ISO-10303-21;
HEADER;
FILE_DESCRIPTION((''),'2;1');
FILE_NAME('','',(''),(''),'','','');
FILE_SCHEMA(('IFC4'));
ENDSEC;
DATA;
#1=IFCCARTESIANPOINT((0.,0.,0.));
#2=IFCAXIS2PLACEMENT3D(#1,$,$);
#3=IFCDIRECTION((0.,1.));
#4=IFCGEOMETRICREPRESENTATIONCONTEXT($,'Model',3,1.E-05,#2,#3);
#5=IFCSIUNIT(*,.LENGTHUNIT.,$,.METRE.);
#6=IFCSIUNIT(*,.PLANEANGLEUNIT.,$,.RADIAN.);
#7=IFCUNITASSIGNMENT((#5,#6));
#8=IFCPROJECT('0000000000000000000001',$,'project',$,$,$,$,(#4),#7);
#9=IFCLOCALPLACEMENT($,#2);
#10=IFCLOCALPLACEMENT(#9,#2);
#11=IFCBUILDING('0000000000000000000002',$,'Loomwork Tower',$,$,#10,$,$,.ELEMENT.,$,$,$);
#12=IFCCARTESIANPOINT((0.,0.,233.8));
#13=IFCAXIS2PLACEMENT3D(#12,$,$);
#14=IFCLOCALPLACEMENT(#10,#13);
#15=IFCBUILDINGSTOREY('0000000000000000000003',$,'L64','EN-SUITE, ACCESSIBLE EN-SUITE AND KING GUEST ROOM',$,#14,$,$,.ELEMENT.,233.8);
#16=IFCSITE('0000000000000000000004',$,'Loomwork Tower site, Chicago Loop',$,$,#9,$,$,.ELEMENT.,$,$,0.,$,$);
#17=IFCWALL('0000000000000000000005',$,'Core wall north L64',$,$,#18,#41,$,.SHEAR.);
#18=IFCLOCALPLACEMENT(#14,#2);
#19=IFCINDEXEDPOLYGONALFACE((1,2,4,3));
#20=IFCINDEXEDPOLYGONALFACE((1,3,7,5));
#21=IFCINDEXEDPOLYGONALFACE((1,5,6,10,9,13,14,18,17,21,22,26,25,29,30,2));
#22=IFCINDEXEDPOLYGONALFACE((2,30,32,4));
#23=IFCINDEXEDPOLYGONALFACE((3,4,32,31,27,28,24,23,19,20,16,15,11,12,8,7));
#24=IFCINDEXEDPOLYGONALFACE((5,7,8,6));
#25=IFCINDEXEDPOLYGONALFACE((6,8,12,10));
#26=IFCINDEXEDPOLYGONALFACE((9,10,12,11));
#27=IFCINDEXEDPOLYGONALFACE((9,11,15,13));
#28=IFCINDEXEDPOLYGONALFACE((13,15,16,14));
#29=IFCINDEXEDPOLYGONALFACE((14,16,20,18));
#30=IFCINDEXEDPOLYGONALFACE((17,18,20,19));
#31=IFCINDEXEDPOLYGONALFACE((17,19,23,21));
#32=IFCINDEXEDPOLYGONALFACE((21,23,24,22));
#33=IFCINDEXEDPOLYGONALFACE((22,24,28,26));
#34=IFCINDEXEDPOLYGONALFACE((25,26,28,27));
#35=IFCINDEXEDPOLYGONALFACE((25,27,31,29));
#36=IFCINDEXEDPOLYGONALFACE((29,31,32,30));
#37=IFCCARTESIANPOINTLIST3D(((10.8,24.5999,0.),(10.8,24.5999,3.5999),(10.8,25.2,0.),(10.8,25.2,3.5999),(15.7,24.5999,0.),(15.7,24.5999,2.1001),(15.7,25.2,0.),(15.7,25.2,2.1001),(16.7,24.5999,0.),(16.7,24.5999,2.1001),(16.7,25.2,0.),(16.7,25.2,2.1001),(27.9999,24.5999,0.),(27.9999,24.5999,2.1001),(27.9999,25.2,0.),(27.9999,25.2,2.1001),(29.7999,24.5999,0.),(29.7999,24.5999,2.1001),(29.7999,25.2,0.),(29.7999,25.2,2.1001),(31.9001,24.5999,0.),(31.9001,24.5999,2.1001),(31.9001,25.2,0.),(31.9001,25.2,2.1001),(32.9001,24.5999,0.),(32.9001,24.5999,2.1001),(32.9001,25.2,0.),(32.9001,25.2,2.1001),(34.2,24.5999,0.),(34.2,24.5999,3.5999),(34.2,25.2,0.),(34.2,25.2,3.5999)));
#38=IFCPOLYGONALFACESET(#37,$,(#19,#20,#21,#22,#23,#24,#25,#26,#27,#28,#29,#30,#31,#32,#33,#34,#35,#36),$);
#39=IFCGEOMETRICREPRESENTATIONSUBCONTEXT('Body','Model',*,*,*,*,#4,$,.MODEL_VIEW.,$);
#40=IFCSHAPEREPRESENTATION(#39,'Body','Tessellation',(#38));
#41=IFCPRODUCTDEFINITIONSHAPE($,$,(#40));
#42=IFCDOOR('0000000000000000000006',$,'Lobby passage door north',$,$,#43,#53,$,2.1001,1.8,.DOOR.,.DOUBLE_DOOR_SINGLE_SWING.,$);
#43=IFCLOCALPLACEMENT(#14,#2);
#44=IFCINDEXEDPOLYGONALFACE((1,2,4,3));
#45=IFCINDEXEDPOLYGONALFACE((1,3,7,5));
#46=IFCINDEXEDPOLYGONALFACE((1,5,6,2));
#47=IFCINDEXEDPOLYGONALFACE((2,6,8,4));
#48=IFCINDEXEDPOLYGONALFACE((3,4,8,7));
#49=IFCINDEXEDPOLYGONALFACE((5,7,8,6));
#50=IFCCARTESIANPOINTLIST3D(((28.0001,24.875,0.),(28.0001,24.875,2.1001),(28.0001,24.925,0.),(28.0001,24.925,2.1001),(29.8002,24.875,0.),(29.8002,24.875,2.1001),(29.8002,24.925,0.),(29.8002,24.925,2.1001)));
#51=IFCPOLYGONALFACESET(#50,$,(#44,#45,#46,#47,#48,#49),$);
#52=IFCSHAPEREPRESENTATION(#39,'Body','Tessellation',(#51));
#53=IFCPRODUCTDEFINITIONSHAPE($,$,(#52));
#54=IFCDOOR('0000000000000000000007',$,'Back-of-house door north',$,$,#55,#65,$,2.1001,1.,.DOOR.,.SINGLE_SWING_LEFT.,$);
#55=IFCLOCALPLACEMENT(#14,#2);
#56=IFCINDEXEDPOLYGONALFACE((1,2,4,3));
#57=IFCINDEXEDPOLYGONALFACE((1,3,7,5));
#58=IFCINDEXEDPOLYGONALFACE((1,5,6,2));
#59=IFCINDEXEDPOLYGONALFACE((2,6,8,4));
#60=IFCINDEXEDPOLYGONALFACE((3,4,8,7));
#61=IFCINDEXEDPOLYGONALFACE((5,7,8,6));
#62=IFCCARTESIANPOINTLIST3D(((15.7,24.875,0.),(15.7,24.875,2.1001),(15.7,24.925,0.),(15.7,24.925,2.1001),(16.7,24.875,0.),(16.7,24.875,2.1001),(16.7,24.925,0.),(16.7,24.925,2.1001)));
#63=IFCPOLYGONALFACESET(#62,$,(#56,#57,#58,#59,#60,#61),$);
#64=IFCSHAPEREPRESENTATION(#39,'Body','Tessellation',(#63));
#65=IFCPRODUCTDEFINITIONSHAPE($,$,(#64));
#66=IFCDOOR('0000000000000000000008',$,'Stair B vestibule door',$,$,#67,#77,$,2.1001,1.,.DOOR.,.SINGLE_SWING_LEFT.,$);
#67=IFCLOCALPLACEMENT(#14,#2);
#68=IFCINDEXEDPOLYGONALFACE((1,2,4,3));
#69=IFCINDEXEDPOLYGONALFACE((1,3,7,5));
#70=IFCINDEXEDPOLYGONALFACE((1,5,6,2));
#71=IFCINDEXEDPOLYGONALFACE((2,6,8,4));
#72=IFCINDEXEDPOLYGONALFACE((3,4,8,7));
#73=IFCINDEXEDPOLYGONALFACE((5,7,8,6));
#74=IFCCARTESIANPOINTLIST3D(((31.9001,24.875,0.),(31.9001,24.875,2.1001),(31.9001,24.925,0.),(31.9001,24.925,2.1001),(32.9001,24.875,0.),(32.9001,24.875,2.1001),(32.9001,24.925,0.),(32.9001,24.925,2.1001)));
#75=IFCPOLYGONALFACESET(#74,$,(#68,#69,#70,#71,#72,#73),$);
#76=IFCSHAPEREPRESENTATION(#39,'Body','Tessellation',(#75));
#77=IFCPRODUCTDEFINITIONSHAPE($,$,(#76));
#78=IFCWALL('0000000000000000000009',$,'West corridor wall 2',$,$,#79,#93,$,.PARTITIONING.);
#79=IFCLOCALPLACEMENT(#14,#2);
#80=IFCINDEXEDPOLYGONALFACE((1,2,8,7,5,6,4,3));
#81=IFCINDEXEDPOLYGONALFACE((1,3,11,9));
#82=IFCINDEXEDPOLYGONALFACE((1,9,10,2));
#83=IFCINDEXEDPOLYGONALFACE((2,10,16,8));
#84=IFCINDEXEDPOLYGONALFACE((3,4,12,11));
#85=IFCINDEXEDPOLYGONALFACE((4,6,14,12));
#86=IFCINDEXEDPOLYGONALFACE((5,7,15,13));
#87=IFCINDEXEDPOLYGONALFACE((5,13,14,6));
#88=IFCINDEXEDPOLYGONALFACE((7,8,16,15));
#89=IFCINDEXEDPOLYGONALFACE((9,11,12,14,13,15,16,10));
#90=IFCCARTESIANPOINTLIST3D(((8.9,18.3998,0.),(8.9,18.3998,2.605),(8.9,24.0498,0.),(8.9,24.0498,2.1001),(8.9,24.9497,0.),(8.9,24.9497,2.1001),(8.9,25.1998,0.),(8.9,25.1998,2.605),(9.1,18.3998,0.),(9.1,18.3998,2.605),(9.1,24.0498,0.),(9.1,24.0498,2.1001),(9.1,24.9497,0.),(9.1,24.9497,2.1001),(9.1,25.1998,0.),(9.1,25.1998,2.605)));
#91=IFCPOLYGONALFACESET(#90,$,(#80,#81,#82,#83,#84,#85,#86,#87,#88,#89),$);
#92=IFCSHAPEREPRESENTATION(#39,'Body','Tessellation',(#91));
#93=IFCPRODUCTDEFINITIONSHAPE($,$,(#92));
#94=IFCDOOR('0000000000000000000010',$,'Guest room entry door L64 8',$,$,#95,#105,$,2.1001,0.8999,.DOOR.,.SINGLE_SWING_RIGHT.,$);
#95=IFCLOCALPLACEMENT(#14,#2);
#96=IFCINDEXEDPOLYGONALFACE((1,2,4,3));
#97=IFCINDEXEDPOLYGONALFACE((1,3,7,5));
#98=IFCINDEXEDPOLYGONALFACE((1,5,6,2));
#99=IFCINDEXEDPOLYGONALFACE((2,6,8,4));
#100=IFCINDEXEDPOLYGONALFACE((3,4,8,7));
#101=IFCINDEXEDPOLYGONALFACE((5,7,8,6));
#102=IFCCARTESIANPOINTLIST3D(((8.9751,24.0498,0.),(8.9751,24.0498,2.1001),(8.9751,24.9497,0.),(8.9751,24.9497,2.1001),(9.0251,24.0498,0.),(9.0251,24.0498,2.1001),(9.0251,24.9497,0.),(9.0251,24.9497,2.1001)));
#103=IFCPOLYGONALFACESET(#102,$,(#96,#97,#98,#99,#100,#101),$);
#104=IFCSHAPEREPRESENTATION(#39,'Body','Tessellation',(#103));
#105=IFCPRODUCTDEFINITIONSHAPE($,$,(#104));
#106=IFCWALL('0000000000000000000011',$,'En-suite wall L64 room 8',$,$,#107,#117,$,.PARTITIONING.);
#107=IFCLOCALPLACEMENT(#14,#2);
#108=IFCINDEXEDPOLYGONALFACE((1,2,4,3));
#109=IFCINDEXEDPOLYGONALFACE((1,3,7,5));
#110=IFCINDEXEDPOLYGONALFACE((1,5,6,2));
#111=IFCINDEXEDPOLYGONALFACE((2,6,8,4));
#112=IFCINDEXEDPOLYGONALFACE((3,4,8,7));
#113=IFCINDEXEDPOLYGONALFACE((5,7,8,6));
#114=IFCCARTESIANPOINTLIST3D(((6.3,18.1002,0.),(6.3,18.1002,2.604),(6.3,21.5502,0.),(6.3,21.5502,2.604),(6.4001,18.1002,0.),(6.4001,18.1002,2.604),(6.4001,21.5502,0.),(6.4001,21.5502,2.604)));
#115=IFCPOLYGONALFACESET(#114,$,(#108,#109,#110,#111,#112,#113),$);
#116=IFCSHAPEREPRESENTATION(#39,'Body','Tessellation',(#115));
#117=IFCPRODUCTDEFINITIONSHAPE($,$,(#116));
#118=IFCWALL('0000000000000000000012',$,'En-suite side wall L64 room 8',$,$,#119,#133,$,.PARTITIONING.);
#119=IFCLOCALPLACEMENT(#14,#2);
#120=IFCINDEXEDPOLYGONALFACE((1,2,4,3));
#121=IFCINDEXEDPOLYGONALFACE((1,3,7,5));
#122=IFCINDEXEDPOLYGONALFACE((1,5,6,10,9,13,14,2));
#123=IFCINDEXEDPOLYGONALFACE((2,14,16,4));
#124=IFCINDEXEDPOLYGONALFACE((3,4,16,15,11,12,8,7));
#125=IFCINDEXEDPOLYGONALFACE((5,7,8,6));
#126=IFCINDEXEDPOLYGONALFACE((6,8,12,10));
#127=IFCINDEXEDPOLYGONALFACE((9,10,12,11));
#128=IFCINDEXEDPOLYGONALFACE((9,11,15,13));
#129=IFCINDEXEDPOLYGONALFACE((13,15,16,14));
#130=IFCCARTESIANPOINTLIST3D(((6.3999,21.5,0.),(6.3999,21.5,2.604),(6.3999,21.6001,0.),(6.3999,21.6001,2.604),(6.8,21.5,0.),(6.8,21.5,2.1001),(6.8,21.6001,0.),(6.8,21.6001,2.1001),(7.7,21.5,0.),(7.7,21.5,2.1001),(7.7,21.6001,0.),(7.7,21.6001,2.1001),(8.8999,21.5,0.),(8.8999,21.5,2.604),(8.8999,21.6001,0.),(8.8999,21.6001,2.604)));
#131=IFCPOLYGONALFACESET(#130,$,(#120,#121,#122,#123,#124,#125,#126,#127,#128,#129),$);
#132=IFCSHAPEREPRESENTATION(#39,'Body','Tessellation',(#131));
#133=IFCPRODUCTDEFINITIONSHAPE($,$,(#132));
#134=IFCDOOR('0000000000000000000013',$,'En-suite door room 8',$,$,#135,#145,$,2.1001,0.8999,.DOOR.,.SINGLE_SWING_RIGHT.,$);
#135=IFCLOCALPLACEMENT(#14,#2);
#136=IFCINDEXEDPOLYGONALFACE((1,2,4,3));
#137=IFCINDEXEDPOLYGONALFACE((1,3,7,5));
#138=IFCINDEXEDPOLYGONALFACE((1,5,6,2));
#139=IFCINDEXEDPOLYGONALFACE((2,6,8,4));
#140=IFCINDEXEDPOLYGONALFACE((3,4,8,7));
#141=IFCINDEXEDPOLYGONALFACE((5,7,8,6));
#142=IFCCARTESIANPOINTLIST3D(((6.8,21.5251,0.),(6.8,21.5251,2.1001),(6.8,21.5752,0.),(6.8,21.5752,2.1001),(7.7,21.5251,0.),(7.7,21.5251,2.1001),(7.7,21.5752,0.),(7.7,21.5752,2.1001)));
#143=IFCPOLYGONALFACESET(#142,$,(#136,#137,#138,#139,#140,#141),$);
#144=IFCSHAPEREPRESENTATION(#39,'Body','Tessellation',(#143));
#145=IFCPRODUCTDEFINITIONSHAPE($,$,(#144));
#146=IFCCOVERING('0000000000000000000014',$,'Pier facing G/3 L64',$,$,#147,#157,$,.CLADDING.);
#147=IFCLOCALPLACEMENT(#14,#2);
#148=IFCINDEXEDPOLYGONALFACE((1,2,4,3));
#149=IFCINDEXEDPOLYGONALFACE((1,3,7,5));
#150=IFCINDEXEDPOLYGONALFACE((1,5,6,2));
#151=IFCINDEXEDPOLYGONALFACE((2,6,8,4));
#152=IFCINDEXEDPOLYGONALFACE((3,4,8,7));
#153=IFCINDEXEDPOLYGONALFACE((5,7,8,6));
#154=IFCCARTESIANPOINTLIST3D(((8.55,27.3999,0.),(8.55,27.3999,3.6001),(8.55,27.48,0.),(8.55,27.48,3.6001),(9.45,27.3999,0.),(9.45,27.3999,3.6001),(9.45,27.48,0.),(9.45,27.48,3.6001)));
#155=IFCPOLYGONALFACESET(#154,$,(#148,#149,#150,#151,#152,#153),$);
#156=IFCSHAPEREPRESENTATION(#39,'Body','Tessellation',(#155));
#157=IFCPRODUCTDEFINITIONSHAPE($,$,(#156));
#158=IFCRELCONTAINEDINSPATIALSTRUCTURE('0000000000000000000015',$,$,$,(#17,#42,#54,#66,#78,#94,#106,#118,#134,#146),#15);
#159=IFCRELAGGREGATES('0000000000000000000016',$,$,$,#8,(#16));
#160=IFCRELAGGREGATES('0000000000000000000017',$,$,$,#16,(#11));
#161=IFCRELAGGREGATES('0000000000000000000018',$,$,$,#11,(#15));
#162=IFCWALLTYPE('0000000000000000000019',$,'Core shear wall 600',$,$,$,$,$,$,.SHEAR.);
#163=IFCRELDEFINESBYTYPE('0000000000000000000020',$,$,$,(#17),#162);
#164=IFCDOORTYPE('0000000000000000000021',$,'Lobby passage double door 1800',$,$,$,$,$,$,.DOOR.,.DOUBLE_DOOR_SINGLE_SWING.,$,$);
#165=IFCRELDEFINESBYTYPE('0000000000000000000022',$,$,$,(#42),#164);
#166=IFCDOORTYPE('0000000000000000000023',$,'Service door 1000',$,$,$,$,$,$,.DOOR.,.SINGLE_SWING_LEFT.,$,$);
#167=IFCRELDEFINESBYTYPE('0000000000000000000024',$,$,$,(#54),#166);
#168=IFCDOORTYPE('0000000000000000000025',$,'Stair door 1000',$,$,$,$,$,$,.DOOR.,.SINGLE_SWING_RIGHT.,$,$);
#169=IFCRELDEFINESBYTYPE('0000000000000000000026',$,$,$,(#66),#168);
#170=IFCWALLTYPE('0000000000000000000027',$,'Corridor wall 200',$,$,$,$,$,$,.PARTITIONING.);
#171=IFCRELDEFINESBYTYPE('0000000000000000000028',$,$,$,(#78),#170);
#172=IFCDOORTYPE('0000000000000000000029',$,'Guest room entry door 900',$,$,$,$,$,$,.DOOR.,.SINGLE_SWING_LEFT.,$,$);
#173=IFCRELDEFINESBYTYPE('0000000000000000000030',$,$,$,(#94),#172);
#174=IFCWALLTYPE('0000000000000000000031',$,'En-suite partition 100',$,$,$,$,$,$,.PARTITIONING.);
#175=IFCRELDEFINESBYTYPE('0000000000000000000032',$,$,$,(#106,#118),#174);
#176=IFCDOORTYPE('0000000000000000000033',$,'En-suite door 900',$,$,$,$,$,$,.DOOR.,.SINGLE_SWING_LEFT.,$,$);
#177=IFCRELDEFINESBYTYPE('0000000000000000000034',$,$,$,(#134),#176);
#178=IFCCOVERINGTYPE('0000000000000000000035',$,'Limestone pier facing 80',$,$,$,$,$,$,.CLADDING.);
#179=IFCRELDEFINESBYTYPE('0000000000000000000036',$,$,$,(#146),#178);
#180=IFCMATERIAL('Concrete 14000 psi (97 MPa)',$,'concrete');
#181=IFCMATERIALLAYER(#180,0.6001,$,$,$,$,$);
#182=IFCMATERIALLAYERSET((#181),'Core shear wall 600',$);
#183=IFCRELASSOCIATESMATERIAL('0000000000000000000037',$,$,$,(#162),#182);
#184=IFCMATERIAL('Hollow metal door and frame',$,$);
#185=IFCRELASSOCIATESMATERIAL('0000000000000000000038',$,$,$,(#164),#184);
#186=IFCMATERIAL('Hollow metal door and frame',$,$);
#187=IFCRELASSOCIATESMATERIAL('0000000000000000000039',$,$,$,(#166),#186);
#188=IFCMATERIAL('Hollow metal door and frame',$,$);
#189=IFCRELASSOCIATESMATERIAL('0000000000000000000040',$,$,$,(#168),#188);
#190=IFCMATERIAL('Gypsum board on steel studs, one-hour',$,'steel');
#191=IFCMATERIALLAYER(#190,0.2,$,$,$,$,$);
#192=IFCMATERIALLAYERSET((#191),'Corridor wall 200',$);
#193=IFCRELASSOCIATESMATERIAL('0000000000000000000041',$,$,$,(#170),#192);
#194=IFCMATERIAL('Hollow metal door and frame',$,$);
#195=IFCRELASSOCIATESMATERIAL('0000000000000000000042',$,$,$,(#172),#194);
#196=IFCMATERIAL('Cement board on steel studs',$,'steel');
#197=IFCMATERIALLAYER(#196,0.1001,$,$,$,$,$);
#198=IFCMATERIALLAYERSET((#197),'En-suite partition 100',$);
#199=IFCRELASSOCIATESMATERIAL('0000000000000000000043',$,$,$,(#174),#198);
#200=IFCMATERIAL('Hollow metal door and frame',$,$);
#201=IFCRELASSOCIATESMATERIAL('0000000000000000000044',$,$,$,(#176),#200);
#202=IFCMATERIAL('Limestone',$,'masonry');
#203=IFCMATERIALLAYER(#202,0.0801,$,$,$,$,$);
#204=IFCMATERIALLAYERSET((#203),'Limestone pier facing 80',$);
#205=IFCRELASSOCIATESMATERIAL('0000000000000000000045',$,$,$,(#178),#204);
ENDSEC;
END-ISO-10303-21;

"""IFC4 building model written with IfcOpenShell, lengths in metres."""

from ifc_helpers import new_model, si_unit, direction, frame, frame_2d, origin, origin_2d, place, context, subcontext, project, spatial, rectangle, extrude, material, layer, layer_set, type_object, element, fill, save


model = new_model("IFC4")

# Units and contexts
model_context = context("Model", 3, precision=1e-05, world=origin(), true_north=direction((0.0, 1.0)))
body_context = subcontext(model_context, "Body", "Model", "MODEL_VIEW")
ifc_project = project(units=[si_unit("LENGTHUNIT", "METRE"), si_unit("PLANEANGLEUNIT", "RADIAN")], contexts=[model_context])

# Site, building, storey
site_placement = place(None, origin())
site = spatial("IfcSite", under=ifc_project, at=site_placement, Name="Loomwork Tower site, Chicago Loop", CompositionType="ELEMENT", RefElevation=0.0)
building_placement = place(site_placement, origin())
building = spatial("IfcBuilding", under=site, at=building_placement, Name="Loomwork Tower", CompositionType="ELEMENT")
storey_placement = place(building_placement, frame((0.0, 0.0, 233.8)))
storey = spatial("IfcBuildingStorey", under=building, at=storey_placement, Name="L64", Description="EN-SUITE, ACCESSIBLE EN-SUITE AND KING GUEST ROOM", CompositionType="ELEMENT", Elevation=233.8)

# Wall, openings, doors
ifc_material_1 = material(Name="Concrete 14000 psi (97 MPa)", Category="concrete")
ifc_layer_1 = layer(ifc_material_1, 0.6001)
ifc_layer_set_1 = layer_set([ifc_layer_1], Name="Core shear wall 600")
wall_type_1 = type_object("IfcWallType", Name="Core shear wall 600", PredefinedType="SHEAR", material=ifc_layer_set_1)
wall_1_placement = place(storey_placement, frame((10.8, 24.8999, 0.0), z_axis=(0.0, 0.0, 1.0), x_axis=(1.0, 0.0, 0.0)))
wall_1 = element("IfcWall", 1, at=wall_1_placement, inside=storey, type_object=wall_type_1, Name="Core wall north L64", PredefinedType="SHEAR", context=body_context, shape_type="SweptSolid", body=[
    extrude(rectangle(XDim=23.3999, YDim=0.6001, at=frame_2d((11.7, 0.0))), origin(), (0.0, 0.0, 1.0), 3.5999),
])
opening_1_placement = place(wall_1_placement, frame((17.2, 0.0, 0.0)))
opening_1 = element("IfcOpeningElement", 2, at=opening_1_placement, cuts=wall_1, PredefinedType="OPENING", context=body_context, shape_type="SweptSolid", body=[
    extrude(rectangle(XDim=1.8, YDim=2.1001, at=frame_2d((0.8999, 1.05))), frame((0.0, 0.3101, 0.0), z_axis=(0.0, -1.0, 0.0), x_axis=(1.0, 0.0, 0.0)), (0.0, 0.0, 1.0), 0.6201),
])
opening_2_placement = place(wall_1_placement, frame((21.1001, 0.0, 0.0)))
opening_2 = element("IfcOpeningElement", 3, at=opening_2_placement, cuts=wall_1, PredefinedType="OPENING", context=body_context, shape_type="SweptSolid", body=[
    extrude(rectangle(XDim=1.0, YDim=2.1001, at=frame_2d((0.5, 1.05))), frame((0.0, 0.3101, 0.0), z_axis=(0.0, -1.0, 0.0), x_axis=(1.0, 0.0, 0.0)), (0.0, 0.0, 1.0), 0.6201),
])
opening_3_placement = place(wall_1_placement, frame((4.8999, 0.0, 0.0)))
opening_3 = element("IfcOpeningElement", 4, at=opening_3_placement, cuts=wall_1, PredefinedType="OPENING", context=body_context, shape_type="SweptSolid", body=[
    extrude(rectangle(XDim=1.0, YDim=2.1001, at=frame_2d((0.5, 1.05))), frame((0.0, 0.3101, 0.0), z_axis=(0.0, -1.0, 0.0), x_axis=(1.0, 0.0, 0.0)), (0.0, 0.0, 1.0), 0.6201),
])
ifc_material_2 = material(Name="Hollow metal door and frame")
door_type_1 = type_object("IfcDoorType", Name="Lobby passage double door 1800", OperationType="DOUBLE_DOOR_SINGLE_SWING", PredefinedType="DOOR", material=ifc_material_2)
door_1_placement = place(opening_1_placement, frame((1.8, 0.0, 0.0), z_axis=(0.0, 0.0, 1.0), x_axis=(-1.0, 0.0, 0.0)))
door_1 = element("IfcDoor", 5, at=door_1_placement, inside=storey, type_object=door_type_1, Name="Lobby passage door north", OperationType="DOUBLE_DOOR_SINGLE_SWING", OverallHeight=2.1001, OverallWidth=1.8, PredefinedType="DOOR", context=body_context, shape_type="SweptSolid", body=[
    extrude(rectangle(XDim=1.8, YDim=2.1001, at=frame_2d((0.8999, 1.05))), frame((0.0, 0.0249, 0.0), z_axis=(0.0, -1.0, 0.0), x_axis=(1.0, 0.0, 0.0)), (0.0, 0.0, 1.0), 0.05),
])
fill(opening_1, door_1)
ifc_material_3 = material(Name="Hollow metal door and frame")
door_type_2 = type_object("IfcDoorType", Name="Service door 1000", OperationType="SINGLE_SWING_LEFT", PredefinedType="DOOR", material=ifc_material_3)
door_2_placement = place(opening_3_placement, frame((1.0, 0.0, 0.0), z_axis=(0.0, 0.0, 1.0), x_axis=(-1.0, 0.0, 0.0)))
door_2 = element("IfcDoor", 6, at=door_2_placement, inside=storey, type_object=door_type_2, Name="Back-of-house door north", OperationType="SINGLE_SWING_LEFT", OverallHeight=2.1001, OverallWidth=1.0, PredefinedType="DOOR", context=body_context, shape_type="SweptSolid", body=[
    extrude(rectangle(XDim=1.0, YDim=2.1001, at=frame_2d((0.5, 1.05))), frame((0.0, 0.0249, 0.0), z_axis=(0.0, -1.0, 0.0), x_axis=(1.0, 0.0, 0.0)), (0.0, 0.0, 1.0), 0.05),
])
fill(opening_3, door_2)
ifc_material_4 = material(Name="Hollow metal door and frame")
door_type_3 = type_object("IfcDoorType", Name="Stair door 1000", OperationType="SINGLE_SWING_RIGHT", PredefinedType="DOOR", material=ifc_material_4)
door_3_placement = place(opening_2_placement, frame((1.0, 0.0, 0.0), z_axis=(0.0, 0.0, 1.0), x_axis=(-1.0, 0.0, 0.0)))
door_3 = element("IfcDoor", 7, at=door_3_placement, inside=storey, type_object=door_type_3, Name="Stair B vestibule door", OperationType="SINGLE_SWING_LEFT", OverallHeight=2.1001, OverallWidth=1.0, PredefinedType="DOOR", context=body_context, shape_type="SweptSolid", body=[
    extrude(rectangle(XDim=1.0, YDim=2.1001, at=frame_2d((0.5, 1.05))), frame((0.0, 0.0249, 0.0), z_axis=(0.0, -1.0, 0.0), x_axis=(1.0, 0.0, 0.0)), (0.0, 0.0, 1.0), 0.05),
])
fill(opening_2, door_3)

# Wall, opening, door
ifc_material_5 = material(Name="Gypsum board on steel studs, one-hour", Category="steel")
ifc_layer_2 = layer(ifc_material_5, 0.2)
ifc_layer_set_2 = layer_set([ifc_layer_2], Name="Corridor wall 200")
wall_type_2 = type_object("IfcWallType", Name="Corridor wall 200", PredefinedType="PARTITIONING", material=ifc_layer_set_2)
wall_2_placement = place(storey_placement, frame((9.0, 18.3999, 0.0), z_axis=(0.0, 0.0, 1.0), x_axis=(0.0, 1.0, 0.0)))
wall_2 = element("IfcWall", 8, at=wall_2_placement, inside=storey, type_object=wall_type_2, Name="West corridor wall 2", PredefinedType="PARTITIONING", context=body_context, shape_type="SweptSolid", body=[
    extrude(rectangle(XDim=6.8, YDim=0.2, at=frame_2d((3.3999, 0.0))), origin(), (0.0, 0.0, 1.0), 2.605),
])
opening_4_placement = place(wall_2_placement, frame((5.6499, 0.0, 0.0)))
opening_4 = element("IfcOpeningElement", 9, at=opening_4_placement, cuts=wall_2, PredefinedType="OPENING", context=body_context, shape_type="SweptSolid", body=[
    extrude(rectangle(XDim=0.8999, YDim=2.1001, at=frame_2d((0.45, 1.05))), frame((0.0, 0.1099, 0.0), z_axis=(0.0, -1.0, 0.0), x_axis=(1.0, 0.0, 0.0)), (0.0, 0.0, 1.0), 0.22),
])
ifc_material_6 = material(Name="Hollow metal door and frame")
door_type_4 = type_object("IfcDoorType", Name="Guest room entry door 900", OperationType="SINGLE_SWING_LEFT", PredefinedType="DOOR", material=ifc_material_6)
door_4_placement = place(opening_4_placement, origin())
door_4 = element("IfcDoor", 10, at=door_4_placement, inside=storey, type_object=door_type_4, Name="Guest room entry door L64 8", OperationType="SINGLE_SWING_RIGHT", OverallHeight=2.1001, OverallWidth=0.8999, PredefinedType="DOOR", context=body_context, shape_type="SweptSolid", body=[
    extrude(rectangle(XDim=0.8999, YDim=2.1001, at=frame_2d((0.45, 1.05))), frame((0.0, 0.0249, 0.0), z_axis=(0.0, -1.0, 0.0), x_axis=(1.0, 0.0, 0.0)), (0.0, 0.0, 1.0), 0.05),
])
fill(opening_4, door_4)

# Wall
ifc_material_7 = material(Name="Cement board on steel studs", Category="steel")
ifc_layer_3 = layer(ifc_material_7, 0.1001)
ifc_layer_set_3 = layer_set([ifc_layer_3], Name="En-suite partition 100")
wall_type_3 = type_object("IfcWallType", Name="En-suite partition 100", PredefinedType="PARTITIONING", material=ifc_layer_set_3)
wall_3_placement = place(storey_placement, frame((6.3501, 18.1001, 0.0), z_axis=(0.0, 0.0, 1.0), x_axis=(0.0, 1.0, 0.0)))
element("IfcWall", 11, at=wall_3_placement, inside=storey, type_object=wall_type_3, Name="En-suite wall L64 room 8", PredefinedType="PARTITIONING", context=body_context, shape_type="SweptSolid", body=[
    extrude(rectangle(XDim=3.45, YDim=0.1001, at=frame_2d((1.7251, 0.0))), origin(), (0.0, 0.0, 1.0), 2.604),
])

# Wall, opening, door
wall_4_placement = place(storey_placement, frame((8.8999, 21.55, 0.0), z_axis=(0.0, 0.0, 1.0), x_axis=(-1.0, 0.0, 0.0)))
wall_4 = element("IfcWall", 12, at=wall_4_placement, inside=storey, type_object=wall_type_3, Name="En-suite side wall L64 room 8", PredefinedType="PARTITIONING", context=body_context, shape_type="SweptSolid", body=[
    extrude(rectangle(XDim=2.5, YDim=0.1001, at=frame_2d((1.25, 0.0))), origin(), (0.0, 0.0, 1.0), 2.604),
])
opening_5_placement = place(wall_4_placement, frame((1.2, 0.0, 0.0)))
opening_5 = element("IfcOpeningElement", 13, at=opening_5_placement, cuts=wall_4, PredefinedType="OPENING", context=body_context, shape_type="SweptSolid", body=[
    extrude(rectangle(XDim=0.8999, YDim=2.1001, at=frame_2d((0.45, 1.05))), frame((0.0, 0.0601, 0.0), z_axis=(0.0, -1.0, 0.0), x_axis=(1.0, 0.0, 0.0)), (0.0, 0.0, 1.0), 0.1201),
])
ifc_material_8 = material(Name="Hollow metal door and frame")
door_type_5 = type_object("IfcDoorType", Name="En-suite door 900", OperationType="SINGLE_SWING_LEFT", PredefinedType="DOOR", material=ifc_material_8)
door_5_placement = place(opening_5_placement, origin())
door_5 = element("IfcDoor", 14, at=door_5_placement, inside=storey, type_object=door_type_5, Name="En-suite door room 8", OperationType="SINGLE_SWING_RIGHT", OverallHeight=2.1001, OverallWidth=0.8999, PredefinedType="DOOR", context=body_context, shape_type="SweptSolid", body=[
    extrude(rectangle(XDim=0.8999, YDim=2.1001, at=frame_2d((0.45, 1.05))), frame((0.0, 0.0249, 0.0), z_axis=(0.0, -1.0, 0.0), x_axis=(1.0, 0.0, 0.0)), (0.0, 0.0, 1.0), 0.05),
])
fill(opening_5, door_5)

# Covering
ifc_material_9 = material(Name="Limestone", Category="masonry")
ifc_layer_4 = layer(ifc_material_9, 0.0801)
ifc_layer_set_4 = layer_set([ifc_layer_4], Name="Limestone pier facing 80")
covering_type = type_object("IfcCoveringType", Name="Limestone pier facing 80", PredefinedType="CLADDING", material=ifc_layer_set_4)
covering_placement = place(storey_placement, frame((9.0, 27.4399, 0.0), z_axis=(0.0, 0.0, 1.0), x_axis=(1.0, 0.0, 0.0)))
element("IfcCovering", 15, at=covering_placement, inside=storey, type_object=covering_type, Name="Pier facing G/3 L64", PredefinedType="CLADDING", context=body_context, shape_type="SweptSolid", body=[
    extrude(rectangle(XDim=0.8999, YDim=0.0801, at=origin_2d()), origin(), (0.0, 0.0, 1.0), 3.6001),
])

save(model, "model.ifc")
